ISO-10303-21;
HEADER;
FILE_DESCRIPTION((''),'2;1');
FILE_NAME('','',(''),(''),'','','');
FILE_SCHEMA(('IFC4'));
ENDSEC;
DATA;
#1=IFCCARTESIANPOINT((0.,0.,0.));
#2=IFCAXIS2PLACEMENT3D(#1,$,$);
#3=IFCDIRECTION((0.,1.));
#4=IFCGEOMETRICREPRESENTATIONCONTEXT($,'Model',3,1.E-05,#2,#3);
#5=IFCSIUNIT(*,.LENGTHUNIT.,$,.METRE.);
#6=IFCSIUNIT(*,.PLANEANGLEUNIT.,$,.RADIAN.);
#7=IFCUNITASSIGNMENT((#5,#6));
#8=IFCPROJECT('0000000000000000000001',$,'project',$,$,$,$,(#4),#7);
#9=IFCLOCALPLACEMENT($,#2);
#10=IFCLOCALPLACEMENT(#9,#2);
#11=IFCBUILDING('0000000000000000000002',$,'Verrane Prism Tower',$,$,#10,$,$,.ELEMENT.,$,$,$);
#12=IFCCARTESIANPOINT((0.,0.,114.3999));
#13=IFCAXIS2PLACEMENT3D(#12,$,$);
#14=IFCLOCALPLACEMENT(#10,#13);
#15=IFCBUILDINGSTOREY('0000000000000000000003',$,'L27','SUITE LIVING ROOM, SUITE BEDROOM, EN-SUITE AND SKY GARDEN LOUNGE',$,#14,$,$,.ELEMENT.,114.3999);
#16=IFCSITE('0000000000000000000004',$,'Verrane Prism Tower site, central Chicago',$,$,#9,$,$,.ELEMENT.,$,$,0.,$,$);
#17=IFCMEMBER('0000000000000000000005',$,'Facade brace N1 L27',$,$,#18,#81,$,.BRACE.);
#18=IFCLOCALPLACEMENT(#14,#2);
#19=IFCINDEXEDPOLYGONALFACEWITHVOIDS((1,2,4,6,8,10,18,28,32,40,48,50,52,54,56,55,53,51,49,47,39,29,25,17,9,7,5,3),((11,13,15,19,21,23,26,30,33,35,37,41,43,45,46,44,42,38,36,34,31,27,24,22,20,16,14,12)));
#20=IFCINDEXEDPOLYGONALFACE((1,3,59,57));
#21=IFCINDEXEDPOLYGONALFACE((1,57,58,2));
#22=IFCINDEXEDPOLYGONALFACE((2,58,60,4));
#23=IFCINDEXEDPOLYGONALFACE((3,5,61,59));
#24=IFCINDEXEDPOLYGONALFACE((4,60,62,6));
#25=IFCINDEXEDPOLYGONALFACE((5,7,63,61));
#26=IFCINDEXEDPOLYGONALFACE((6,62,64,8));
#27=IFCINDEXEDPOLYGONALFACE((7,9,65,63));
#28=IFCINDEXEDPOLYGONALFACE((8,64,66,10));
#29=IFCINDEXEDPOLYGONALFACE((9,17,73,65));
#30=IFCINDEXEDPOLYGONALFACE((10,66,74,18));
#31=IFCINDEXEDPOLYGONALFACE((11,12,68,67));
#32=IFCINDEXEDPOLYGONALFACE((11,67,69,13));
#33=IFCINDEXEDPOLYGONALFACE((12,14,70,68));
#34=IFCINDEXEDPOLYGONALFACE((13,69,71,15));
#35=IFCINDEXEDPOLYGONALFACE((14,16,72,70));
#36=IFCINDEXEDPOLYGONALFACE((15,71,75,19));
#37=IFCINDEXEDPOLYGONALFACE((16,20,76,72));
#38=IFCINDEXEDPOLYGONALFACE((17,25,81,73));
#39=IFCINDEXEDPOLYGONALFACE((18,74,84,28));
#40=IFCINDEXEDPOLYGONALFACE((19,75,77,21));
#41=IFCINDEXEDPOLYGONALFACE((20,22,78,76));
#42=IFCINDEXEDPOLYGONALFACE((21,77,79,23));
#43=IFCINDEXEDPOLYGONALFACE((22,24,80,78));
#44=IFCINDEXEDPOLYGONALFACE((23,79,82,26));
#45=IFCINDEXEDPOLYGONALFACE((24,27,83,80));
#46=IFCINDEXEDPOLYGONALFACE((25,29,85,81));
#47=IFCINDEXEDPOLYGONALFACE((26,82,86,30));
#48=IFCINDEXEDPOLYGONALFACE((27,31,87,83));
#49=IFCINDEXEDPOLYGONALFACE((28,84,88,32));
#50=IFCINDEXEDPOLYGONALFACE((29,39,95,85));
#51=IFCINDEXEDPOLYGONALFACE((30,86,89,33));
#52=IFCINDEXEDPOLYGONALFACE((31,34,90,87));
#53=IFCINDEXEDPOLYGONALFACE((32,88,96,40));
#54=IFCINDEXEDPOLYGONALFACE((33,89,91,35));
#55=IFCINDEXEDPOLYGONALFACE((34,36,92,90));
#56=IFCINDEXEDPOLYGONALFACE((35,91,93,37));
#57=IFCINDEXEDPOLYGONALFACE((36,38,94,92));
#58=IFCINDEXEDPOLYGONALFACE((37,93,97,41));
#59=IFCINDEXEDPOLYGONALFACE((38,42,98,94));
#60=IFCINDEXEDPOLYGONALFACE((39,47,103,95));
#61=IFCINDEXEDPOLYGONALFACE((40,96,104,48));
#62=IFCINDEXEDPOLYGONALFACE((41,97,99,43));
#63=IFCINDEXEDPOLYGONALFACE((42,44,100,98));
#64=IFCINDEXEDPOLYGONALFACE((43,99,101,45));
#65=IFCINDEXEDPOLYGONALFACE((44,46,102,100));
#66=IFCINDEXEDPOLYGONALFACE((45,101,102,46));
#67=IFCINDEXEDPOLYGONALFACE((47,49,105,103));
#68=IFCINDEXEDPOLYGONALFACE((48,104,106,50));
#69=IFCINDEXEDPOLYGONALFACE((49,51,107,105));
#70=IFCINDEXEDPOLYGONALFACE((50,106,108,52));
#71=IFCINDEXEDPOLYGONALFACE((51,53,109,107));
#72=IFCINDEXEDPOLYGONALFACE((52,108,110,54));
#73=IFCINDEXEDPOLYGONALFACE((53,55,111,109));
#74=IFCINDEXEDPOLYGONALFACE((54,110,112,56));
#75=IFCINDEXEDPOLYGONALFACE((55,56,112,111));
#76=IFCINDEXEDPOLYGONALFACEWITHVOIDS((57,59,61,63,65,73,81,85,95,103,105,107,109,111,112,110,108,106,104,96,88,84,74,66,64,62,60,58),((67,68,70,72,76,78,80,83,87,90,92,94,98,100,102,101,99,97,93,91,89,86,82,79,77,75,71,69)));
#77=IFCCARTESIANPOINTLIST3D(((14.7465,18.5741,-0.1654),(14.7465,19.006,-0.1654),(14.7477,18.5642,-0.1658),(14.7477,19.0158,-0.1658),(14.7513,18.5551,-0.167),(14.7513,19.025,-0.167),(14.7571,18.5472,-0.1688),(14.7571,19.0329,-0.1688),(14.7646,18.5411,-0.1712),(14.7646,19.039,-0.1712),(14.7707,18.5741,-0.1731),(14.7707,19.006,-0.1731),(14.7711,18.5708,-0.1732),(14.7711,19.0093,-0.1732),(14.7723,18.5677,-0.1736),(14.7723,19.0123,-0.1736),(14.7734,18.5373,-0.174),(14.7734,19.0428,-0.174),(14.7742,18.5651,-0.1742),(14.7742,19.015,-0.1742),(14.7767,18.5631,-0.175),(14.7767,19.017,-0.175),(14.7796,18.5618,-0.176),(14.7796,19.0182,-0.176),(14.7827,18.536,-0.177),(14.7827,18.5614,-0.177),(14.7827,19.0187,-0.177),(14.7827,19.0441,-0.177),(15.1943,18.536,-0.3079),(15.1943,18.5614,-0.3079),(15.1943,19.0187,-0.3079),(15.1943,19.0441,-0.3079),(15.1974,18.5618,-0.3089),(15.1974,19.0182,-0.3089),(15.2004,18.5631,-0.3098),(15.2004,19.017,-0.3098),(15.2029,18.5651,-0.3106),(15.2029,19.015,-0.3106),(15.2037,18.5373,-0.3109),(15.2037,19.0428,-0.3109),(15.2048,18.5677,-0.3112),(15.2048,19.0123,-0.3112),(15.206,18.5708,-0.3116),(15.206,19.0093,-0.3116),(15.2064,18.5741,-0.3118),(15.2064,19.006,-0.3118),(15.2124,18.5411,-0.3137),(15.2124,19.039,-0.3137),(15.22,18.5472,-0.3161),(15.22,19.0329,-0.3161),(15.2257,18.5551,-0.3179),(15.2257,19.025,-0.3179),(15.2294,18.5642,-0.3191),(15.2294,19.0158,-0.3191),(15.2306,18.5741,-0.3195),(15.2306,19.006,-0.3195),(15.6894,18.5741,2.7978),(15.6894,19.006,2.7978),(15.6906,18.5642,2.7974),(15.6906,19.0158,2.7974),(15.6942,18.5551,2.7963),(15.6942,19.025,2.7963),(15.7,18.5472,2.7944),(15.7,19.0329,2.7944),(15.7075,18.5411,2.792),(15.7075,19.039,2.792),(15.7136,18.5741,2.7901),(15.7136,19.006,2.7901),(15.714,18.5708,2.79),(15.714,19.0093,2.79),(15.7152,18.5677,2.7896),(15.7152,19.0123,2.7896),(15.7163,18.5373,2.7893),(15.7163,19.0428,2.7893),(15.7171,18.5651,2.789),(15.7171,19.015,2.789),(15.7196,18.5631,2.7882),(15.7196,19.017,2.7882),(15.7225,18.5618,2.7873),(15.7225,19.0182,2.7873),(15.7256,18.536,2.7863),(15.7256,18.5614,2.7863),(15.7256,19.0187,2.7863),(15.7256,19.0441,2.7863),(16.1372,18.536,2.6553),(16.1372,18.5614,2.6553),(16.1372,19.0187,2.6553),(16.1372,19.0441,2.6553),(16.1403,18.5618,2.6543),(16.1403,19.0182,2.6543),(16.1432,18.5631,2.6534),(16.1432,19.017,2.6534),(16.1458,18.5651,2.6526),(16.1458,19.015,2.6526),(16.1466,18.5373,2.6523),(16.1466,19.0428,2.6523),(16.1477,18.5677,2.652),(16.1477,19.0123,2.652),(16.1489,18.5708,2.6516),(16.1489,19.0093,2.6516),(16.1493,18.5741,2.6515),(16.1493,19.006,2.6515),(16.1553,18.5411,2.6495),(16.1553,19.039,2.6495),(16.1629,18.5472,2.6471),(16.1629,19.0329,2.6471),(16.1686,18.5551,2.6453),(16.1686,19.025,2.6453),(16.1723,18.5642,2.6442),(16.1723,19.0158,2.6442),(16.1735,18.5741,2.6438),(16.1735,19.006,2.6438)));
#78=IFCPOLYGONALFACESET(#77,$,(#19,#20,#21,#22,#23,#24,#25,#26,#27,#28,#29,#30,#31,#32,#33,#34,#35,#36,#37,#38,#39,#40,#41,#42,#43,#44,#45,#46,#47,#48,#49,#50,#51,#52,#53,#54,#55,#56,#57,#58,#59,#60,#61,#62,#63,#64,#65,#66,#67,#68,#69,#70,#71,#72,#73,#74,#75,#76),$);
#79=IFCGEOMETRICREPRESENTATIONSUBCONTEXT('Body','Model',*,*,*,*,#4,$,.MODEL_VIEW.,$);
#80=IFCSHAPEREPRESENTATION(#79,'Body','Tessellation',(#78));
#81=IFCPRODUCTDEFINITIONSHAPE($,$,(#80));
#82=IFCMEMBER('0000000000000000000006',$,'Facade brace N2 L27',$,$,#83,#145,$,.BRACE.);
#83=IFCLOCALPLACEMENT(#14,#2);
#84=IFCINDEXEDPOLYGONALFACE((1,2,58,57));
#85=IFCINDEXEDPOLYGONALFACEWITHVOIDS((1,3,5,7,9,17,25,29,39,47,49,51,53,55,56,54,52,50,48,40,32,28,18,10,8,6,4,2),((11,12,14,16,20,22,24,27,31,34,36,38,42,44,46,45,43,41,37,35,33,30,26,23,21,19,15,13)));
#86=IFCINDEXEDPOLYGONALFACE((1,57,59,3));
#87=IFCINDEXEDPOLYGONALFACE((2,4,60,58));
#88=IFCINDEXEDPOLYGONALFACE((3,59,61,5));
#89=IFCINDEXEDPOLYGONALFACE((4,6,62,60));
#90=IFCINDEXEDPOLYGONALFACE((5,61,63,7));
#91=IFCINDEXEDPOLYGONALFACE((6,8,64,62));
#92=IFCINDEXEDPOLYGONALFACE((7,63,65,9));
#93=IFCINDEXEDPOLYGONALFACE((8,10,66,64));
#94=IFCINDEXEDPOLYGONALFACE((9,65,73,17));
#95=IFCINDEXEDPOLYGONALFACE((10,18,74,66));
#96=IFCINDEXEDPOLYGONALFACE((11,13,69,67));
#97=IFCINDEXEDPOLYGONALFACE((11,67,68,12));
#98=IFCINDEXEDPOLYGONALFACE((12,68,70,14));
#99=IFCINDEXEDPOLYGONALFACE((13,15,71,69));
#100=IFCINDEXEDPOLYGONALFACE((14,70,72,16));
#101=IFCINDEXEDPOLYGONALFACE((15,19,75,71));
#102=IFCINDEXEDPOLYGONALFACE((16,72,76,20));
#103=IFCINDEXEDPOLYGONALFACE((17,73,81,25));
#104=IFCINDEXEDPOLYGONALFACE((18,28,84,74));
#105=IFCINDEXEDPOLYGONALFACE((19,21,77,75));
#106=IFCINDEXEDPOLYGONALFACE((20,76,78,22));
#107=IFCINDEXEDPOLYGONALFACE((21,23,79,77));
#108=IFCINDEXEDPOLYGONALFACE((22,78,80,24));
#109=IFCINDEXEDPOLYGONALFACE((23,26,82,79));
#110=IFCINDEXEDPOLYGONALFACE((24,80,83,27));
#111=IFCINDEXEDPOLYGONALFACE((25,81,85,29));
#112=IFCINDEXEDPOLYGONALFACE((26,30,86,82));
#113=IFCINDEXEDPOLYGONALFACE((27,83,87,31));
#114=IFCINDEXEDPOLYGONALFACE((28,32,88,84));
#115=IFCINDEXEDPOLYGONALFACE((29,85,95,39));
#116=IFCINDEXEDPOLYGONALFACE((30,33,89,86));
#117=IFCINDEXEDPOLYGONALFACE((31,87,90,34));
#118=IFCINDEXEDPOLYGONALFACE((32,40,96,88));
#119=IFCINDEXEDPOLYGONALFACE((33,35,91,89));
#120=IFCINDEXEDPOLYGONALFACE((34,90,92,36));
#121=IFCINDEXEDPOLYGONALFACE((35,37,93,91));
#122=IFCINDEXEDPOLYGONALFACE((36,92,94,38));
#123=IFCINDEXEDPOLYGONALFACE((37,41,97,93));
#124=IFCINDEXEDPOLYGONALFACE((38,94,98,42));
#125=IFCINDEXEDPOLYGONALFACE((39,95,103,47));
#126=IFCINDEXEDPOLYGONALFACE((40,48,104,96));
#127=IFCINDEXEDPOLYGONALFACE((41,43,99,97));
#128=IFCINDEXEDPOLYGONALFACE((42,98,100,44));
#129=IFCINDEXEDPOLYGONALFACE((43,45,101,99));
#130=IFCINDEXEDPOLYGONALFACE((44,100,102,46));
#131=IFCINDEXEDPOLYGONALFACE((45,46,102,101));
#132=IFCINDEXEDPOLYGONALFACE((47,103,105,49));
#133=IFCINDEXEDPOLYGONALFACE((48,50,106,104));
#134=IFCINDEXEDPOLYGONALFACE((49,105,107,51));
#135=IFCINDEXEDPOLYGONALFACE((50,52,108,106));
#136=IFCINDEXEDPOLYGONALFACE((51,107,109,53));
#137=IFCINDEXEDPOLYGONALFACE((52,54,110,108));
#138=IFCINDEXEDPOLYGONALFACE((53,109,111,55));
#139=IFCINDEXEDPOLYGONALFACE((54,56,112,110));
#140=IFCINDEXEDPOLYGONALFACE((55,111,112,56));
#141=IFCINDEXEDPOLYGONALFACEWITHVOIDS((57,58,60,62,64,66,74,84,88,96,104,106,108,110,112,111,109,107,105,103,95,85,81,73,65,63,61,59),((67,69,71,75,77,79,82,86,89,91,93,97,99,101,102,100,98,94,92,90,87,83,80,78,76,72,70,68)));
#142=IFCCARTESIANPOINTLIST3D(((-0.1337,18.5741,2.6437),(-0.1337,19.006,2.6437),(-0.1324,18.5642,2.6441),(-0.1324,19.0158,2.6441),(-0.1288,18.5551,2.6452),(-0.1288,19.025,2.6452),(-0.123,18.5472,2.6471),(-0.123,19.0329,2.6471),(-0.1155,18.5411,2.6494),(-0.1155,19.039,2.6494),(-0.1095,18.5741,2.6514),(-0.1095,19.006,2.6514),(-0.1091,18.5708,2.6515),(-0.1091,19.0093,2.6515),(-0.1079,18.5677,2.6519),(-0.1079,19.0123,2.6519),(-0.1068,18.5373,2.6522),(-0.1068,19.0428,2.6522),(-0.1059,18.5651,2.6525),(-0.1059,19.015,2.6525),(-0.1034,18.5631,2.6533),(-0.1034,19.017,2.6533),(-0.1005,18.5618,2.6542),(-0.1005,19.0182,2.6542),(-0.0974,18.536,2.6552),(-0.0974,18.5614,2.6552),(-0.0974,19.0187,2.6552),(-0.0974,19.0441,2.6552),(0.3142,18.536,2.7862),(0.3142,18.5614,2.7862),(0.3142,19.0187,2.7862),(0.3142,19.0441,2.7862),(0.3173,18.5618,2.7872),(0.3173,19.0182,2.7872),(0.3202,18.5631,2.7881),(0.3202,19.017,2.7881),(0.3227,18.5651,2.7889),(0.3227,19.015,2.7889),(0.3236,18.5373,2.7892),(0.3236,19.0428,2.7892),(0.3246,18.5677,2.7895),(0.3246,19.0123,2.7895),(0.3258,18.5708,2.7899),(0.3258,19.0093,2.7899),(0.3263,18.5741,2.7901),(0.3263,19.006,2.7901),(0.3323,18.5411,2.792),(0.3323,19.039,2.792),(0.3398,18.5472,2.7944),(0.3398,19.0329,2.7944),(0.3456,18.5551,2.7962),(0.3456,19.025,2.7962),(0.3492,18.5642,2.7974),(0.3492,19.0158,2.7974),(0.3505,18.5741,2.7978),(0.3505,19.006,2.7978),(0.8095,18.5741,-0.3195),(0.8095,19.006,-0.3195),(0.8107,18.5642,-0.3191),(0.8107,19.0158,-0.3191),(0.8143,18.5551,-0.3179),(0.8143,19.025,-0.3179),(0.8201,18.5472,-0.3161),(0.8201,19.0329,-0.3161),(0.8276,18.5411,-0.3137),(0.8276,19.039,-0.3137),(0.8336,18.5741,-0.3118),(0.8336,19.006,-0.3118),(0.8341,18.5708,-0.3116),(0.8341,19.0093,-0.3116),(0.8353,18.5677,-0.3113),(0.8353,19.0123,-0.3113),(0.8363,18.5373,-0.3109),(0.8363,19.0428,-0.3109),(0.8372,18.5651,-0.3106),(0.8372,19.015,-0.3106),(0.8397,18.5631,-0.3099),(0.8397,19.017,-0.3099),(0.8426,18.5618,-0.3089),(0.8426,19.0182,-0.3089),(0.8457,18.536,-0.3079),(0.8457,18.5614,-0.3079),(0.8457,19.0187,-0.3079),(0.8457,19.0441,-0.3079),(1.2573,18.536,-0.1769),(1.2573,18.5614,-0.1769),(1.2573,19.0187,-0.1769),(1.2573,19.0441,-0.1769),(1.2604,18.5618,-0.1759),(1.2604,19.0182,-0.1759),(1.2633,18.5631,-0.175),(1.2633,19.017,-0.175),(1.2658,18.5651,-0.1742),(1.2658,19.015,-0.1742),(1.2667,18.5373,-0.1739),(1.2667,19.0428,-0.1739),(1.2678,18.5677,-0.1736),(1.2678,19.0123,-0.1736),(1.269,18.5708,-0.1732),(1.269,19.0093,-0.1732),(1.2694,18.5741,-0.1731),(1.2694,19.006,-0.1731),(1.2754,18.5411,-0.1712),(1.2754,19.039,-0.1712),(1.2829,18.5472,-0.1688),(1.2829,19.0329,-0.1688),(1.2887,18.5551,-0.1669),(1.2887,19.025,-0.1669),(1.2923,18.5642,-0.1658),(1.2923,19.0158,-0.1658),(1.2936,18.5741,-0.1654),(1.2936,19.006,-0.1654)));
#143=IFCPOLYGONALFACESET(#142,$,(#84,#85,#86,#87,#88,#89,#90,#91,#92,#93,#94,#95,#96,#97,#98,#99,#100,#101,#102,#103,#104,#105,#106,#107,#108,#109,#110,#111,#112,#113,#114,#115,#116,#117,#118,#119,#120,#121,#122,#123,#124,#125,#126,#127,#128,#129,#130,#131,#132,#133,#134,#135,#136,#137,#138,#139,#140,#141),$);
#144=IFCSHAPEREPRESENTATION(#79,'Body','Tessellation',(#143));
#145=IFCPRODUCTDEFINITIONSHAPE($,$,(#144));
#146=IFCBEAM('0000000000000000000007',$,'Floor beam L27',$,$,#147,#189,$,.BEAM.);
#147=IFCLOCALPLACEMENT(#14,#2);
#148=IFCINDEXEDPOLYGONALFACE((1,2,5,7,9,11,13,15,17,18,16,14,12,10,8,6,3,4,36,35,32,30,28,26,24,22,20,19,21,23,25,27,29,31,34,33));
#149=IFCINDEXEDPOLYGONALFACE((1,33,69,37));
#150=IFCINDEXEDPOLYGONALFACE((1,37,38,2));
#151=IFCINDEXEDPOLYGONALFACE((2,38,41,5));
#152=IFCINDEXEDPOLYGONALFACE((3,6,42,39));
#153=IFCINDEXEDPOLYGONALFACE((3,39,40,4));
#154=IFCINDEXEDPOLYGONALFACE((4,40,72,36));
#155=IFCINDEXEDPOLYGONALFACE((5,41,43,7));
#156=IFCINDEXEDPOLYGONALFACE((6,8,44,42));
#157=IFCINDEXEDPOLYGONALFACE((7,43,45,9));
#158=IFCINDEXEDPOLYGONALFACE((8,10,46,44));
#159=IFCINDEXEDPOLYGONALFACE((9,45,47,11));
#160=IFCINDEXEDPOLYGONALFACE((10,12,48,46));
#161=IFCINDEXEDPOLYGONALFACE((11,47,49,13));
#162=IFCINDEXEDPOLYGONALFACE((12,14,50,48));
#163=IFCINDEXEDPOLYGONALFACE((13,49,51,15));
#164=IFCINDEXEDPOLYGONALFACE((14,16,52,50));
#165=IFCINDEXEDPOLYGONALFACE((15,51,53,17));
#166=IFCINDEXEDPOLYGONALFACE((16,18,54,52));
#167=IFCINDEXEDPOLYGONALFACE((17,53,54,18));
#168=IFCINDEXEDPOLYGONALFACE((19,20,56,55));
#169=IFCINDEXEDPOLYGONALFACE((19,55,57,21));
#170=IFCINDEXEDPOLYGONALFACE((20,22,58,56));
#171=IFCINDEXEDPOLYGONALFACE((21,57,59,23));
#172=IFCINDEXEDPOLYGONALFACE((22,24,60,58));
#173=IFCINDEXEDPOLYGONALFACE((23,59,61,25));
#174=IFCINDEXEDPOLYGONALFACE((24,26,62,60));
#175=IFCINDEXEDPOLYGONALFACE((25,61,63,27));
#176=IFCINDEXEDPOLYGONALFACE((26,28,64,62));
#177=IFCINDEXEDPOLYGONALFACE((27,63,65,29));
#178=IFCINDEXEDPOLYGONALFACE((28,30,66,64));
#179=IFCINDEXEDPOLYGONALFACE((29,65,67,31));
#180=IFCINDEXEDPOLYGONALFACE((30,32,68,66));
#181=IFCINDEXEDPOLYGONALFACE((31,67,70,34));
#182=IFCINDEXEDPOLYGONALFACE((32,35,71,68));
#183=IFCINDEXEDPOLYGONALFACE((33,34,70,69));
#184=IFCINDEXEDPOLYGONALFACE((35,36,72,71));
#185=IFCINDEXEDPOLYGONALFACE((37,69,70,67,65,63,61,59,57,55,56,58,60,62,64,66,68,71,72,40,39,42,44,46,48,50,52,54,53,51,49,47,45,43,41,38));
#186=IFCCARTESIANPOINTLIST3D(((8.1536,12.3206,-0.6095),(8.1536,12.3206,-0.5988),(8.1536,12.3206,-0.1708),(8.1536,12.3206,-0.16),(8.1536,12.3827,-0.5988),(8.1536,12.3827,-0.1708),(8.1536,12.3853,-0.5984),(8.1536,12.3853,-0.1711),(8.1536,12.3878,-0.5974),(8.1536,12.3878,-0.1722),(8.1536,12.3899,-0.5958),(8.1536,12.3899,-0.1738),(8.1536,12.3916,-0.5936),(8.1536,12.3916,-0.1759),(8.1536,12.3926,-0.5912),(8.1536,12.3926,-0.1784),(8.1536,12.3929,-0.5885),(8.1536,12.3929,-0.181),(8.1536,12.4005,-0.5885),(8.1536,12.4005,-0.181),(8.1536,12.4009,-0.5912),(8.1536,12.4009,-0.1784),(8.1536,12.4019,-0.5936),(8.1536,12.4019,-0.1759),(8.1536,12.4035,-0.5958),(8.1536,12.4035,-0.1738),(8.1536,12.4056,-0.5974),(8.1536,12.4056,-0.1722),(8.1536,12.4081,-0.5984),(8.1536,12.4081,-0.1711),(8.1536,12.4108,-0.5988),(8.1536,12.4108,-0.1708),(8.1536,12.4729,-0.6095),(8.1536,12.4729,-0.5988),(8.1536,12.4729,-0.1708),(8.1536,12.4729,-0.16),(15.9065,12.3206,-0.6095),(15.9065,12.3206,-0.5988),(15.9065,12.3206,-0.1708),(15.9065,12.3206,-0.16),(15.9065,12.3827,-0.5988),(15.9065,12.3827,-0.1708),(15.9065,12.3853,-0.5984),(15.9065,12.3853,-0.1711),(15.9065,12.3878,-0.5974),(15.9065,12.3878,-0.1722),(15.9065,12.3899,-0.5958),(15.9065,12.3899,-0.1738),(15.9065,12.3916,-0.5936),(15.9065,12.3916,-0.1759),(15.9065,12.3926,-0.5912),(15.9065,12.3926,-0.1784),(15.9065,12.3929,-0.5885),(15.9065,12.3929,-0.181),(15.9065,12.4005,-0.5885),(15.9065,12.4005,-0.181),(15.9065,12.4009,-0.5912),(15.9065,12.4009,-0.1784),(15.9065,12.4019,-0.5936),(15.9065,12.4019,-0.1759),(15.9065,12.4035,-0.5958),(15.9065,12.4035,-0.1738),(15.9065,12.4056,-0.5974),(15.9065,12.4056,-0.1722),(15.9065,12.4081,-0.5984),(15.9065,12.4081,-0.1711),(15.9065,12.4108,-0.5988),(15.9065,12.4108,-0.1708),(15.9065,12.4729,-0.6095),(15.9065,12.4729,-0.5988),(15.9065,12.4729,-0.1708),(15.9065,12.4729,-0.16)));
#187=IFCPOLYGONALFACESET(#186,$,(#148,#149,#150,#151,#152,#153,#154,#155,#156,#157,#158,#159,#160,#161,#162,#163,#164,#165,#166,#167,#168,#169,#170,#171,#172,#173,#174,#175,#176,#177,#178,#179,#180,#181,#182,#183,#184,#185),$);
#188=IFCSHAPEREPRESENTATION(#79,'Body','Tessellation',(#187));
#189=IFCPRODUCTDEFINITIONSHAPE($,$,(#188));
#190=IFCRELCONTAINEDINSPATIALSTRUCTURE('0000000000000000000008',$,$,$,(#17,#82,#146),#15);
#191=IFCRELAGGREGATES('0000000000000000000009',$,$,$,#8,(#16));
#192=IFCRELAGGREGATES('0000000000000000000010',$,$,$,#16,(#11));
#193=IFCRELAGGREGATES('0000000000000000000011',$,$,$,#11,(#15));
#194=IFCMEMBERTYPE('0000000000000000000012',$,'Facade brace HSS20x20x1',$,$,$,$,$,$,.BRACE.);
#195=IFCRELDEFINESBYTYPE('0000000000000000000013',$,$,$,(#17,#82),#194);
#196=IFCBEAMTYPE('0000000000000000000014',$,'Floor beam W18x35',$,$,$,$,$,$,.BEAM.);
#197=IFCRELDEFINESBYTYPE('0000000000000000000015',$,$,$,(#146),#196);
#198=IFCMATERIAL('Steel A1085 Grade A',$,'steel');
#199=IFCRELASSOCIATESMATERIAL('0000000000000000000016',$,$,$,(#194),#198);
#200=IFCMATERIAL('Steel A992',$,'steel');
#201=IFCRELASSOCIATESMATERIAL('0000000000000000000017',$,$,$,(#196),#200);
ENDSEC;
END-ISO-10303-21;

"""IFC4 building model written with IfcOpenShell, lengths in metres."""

from ifc_helpers import new_model, si_unit, direction, frame, origin, origin_2d, place, context, subcontext, project, spatial, hollow_rectangle, i_section, extrude, material, material_profile, profile_set, type_object, element, save


model = new_model("IFC4")

# Units and contexts
model_context = context("Model", 3, precision=1e-05, world=origin(), true_north=direction((0.0, 1.0)))
body_context = subcontext(model_context, "Body", "Model", "MODEL_VIEW")
ifc_project = project(units=[si_unit("LENGTHUNIT", "METRE"), si_unit("PLANEANGLEUNIT", "RADIAN")], contexts=[model_context])

# Site, building, storey
site_placement = place(None, origin())
site = spatial("IfcSite", under=ifc_project, at=site_placement, Name="Verrane Prism Tower site, central Chicago", CompositionType="ELEMENT", RefElevation=0.0)
building_placement = place(site_placement, origin())
building = spatial("IfcBuilding", under=site, at=building_placement, Name="Verrane Prism Tower", CompositionType="ELEMENT")
storey_placement = place(building_placement, frame((0.0, 0.0, 114.3999)))
storey = spatial("IfcBuildingStorey", under=building, at=storey_placement, Name="L27", Description="SUITE LIVING ROOM, SUITE BEDROOM, EN-SUITE AND SKY GARDEN LOUNGE", CompositionType="ELEMENT", Elevation=114.3999)

# Members
ifc_material_1 = material(Name="Steel A1085 Grade A", Category="steel")
ifc_material_profile_1 = material_profile(ifc_material_1, hollow_rectangle(XDim=0.5081, YDim=0.5081, WallThickness=0.0254, InnerFilletRadius=0.0127, OuterFilletRadius=0.0381, at=origin_2d()), Name="HSS20x20x1")
ifc_profile_set_1 = profile_set([ifc_material_profile_1], Name="Steel A1085 Grade A")
member_type_1 = type_object("IfcMemberType", Name="Facade brace HSS20x20x1", PredefinedType="BRACE", material=ifc_profile_set_1)
for number, where, z_axis, x_axis, name in (
    (1, (14.9885, 18.79, -0.2424), (0.30322, 0.0, 0.952921), (0.0, 1.0, 0.0), "Facade brace N1 L27"),
    (2, (1.0515, 18.79, -0.2424), (-0.303291, 0.0, 0.952898), (0.0, -1.0, 0.0), "Facade brace N2 L27"),
):
    element("IfcMember", number, at=place(storey_placement, frame(where, z_axis=z_axis, x_axis=x_axis)), inside=storey, type_object=member_type_1, Name=name, PredefinedType="BRACE", context=body_context, shape_type="SweptSolid", body=[
        extrude(hollow_rectangle(XDim=0.5081, YDim=0.5081, WallThickness=0.0254, InnerFilletRadius=0.0127, OuterFilletRadius=0.0381, at=origin_2d()), origin(), (0.0, 0.0, 1.0), 3.1096),
    ])

# Beam
ifc_material_2 = material(Name="Steel A992", Category="steel")
ifc_material_profile_2 = material_profile(ifc_material_2, i_section(OverallWidth=0.1523, OverallDepth=0.4495, WebThickness=0.0076, FlangeThickness=0.0107, FilletRadius=0.0103, at=origin_2d()), Name="W18x35")
ifc_profile_set_2 = profile_set([ifc_material_profile_2], Name="Steel A992")
beam_type_1 = type_object("IfcBeamType", Name="Floor beam W18x35", PredefinedType="BEAM", material=ifc_profile_set_2)
for number, where, z_axis, x_axis, name in (
    (3, (8.1536, 12.3967, -0.3848), (1.0, 0.0, 0.0), (0.0, 1.0, 0.0), "Floor beam L27"),
):
    element("IfcBeam", number, at=place(storey_placement, frame(where, z_axis=z_axis, x_axis=x_axis)), inside=storey, type_object=beam_type_1, Name=name, PredefinedType="BEAM", context=body_context, shape_type="SweptSolid", body=[
        extrude(i_section(OverallWidth=0.1523, OverallDepth=0.4495, WebThickness=0.0076, FlangeThickness=0.0107, FilletRadius=0.0103, at=origin_2d()), origin(), (0.0, 0.0, 1.0), 7.7529),
    ])

save(model, "model.ifc")
